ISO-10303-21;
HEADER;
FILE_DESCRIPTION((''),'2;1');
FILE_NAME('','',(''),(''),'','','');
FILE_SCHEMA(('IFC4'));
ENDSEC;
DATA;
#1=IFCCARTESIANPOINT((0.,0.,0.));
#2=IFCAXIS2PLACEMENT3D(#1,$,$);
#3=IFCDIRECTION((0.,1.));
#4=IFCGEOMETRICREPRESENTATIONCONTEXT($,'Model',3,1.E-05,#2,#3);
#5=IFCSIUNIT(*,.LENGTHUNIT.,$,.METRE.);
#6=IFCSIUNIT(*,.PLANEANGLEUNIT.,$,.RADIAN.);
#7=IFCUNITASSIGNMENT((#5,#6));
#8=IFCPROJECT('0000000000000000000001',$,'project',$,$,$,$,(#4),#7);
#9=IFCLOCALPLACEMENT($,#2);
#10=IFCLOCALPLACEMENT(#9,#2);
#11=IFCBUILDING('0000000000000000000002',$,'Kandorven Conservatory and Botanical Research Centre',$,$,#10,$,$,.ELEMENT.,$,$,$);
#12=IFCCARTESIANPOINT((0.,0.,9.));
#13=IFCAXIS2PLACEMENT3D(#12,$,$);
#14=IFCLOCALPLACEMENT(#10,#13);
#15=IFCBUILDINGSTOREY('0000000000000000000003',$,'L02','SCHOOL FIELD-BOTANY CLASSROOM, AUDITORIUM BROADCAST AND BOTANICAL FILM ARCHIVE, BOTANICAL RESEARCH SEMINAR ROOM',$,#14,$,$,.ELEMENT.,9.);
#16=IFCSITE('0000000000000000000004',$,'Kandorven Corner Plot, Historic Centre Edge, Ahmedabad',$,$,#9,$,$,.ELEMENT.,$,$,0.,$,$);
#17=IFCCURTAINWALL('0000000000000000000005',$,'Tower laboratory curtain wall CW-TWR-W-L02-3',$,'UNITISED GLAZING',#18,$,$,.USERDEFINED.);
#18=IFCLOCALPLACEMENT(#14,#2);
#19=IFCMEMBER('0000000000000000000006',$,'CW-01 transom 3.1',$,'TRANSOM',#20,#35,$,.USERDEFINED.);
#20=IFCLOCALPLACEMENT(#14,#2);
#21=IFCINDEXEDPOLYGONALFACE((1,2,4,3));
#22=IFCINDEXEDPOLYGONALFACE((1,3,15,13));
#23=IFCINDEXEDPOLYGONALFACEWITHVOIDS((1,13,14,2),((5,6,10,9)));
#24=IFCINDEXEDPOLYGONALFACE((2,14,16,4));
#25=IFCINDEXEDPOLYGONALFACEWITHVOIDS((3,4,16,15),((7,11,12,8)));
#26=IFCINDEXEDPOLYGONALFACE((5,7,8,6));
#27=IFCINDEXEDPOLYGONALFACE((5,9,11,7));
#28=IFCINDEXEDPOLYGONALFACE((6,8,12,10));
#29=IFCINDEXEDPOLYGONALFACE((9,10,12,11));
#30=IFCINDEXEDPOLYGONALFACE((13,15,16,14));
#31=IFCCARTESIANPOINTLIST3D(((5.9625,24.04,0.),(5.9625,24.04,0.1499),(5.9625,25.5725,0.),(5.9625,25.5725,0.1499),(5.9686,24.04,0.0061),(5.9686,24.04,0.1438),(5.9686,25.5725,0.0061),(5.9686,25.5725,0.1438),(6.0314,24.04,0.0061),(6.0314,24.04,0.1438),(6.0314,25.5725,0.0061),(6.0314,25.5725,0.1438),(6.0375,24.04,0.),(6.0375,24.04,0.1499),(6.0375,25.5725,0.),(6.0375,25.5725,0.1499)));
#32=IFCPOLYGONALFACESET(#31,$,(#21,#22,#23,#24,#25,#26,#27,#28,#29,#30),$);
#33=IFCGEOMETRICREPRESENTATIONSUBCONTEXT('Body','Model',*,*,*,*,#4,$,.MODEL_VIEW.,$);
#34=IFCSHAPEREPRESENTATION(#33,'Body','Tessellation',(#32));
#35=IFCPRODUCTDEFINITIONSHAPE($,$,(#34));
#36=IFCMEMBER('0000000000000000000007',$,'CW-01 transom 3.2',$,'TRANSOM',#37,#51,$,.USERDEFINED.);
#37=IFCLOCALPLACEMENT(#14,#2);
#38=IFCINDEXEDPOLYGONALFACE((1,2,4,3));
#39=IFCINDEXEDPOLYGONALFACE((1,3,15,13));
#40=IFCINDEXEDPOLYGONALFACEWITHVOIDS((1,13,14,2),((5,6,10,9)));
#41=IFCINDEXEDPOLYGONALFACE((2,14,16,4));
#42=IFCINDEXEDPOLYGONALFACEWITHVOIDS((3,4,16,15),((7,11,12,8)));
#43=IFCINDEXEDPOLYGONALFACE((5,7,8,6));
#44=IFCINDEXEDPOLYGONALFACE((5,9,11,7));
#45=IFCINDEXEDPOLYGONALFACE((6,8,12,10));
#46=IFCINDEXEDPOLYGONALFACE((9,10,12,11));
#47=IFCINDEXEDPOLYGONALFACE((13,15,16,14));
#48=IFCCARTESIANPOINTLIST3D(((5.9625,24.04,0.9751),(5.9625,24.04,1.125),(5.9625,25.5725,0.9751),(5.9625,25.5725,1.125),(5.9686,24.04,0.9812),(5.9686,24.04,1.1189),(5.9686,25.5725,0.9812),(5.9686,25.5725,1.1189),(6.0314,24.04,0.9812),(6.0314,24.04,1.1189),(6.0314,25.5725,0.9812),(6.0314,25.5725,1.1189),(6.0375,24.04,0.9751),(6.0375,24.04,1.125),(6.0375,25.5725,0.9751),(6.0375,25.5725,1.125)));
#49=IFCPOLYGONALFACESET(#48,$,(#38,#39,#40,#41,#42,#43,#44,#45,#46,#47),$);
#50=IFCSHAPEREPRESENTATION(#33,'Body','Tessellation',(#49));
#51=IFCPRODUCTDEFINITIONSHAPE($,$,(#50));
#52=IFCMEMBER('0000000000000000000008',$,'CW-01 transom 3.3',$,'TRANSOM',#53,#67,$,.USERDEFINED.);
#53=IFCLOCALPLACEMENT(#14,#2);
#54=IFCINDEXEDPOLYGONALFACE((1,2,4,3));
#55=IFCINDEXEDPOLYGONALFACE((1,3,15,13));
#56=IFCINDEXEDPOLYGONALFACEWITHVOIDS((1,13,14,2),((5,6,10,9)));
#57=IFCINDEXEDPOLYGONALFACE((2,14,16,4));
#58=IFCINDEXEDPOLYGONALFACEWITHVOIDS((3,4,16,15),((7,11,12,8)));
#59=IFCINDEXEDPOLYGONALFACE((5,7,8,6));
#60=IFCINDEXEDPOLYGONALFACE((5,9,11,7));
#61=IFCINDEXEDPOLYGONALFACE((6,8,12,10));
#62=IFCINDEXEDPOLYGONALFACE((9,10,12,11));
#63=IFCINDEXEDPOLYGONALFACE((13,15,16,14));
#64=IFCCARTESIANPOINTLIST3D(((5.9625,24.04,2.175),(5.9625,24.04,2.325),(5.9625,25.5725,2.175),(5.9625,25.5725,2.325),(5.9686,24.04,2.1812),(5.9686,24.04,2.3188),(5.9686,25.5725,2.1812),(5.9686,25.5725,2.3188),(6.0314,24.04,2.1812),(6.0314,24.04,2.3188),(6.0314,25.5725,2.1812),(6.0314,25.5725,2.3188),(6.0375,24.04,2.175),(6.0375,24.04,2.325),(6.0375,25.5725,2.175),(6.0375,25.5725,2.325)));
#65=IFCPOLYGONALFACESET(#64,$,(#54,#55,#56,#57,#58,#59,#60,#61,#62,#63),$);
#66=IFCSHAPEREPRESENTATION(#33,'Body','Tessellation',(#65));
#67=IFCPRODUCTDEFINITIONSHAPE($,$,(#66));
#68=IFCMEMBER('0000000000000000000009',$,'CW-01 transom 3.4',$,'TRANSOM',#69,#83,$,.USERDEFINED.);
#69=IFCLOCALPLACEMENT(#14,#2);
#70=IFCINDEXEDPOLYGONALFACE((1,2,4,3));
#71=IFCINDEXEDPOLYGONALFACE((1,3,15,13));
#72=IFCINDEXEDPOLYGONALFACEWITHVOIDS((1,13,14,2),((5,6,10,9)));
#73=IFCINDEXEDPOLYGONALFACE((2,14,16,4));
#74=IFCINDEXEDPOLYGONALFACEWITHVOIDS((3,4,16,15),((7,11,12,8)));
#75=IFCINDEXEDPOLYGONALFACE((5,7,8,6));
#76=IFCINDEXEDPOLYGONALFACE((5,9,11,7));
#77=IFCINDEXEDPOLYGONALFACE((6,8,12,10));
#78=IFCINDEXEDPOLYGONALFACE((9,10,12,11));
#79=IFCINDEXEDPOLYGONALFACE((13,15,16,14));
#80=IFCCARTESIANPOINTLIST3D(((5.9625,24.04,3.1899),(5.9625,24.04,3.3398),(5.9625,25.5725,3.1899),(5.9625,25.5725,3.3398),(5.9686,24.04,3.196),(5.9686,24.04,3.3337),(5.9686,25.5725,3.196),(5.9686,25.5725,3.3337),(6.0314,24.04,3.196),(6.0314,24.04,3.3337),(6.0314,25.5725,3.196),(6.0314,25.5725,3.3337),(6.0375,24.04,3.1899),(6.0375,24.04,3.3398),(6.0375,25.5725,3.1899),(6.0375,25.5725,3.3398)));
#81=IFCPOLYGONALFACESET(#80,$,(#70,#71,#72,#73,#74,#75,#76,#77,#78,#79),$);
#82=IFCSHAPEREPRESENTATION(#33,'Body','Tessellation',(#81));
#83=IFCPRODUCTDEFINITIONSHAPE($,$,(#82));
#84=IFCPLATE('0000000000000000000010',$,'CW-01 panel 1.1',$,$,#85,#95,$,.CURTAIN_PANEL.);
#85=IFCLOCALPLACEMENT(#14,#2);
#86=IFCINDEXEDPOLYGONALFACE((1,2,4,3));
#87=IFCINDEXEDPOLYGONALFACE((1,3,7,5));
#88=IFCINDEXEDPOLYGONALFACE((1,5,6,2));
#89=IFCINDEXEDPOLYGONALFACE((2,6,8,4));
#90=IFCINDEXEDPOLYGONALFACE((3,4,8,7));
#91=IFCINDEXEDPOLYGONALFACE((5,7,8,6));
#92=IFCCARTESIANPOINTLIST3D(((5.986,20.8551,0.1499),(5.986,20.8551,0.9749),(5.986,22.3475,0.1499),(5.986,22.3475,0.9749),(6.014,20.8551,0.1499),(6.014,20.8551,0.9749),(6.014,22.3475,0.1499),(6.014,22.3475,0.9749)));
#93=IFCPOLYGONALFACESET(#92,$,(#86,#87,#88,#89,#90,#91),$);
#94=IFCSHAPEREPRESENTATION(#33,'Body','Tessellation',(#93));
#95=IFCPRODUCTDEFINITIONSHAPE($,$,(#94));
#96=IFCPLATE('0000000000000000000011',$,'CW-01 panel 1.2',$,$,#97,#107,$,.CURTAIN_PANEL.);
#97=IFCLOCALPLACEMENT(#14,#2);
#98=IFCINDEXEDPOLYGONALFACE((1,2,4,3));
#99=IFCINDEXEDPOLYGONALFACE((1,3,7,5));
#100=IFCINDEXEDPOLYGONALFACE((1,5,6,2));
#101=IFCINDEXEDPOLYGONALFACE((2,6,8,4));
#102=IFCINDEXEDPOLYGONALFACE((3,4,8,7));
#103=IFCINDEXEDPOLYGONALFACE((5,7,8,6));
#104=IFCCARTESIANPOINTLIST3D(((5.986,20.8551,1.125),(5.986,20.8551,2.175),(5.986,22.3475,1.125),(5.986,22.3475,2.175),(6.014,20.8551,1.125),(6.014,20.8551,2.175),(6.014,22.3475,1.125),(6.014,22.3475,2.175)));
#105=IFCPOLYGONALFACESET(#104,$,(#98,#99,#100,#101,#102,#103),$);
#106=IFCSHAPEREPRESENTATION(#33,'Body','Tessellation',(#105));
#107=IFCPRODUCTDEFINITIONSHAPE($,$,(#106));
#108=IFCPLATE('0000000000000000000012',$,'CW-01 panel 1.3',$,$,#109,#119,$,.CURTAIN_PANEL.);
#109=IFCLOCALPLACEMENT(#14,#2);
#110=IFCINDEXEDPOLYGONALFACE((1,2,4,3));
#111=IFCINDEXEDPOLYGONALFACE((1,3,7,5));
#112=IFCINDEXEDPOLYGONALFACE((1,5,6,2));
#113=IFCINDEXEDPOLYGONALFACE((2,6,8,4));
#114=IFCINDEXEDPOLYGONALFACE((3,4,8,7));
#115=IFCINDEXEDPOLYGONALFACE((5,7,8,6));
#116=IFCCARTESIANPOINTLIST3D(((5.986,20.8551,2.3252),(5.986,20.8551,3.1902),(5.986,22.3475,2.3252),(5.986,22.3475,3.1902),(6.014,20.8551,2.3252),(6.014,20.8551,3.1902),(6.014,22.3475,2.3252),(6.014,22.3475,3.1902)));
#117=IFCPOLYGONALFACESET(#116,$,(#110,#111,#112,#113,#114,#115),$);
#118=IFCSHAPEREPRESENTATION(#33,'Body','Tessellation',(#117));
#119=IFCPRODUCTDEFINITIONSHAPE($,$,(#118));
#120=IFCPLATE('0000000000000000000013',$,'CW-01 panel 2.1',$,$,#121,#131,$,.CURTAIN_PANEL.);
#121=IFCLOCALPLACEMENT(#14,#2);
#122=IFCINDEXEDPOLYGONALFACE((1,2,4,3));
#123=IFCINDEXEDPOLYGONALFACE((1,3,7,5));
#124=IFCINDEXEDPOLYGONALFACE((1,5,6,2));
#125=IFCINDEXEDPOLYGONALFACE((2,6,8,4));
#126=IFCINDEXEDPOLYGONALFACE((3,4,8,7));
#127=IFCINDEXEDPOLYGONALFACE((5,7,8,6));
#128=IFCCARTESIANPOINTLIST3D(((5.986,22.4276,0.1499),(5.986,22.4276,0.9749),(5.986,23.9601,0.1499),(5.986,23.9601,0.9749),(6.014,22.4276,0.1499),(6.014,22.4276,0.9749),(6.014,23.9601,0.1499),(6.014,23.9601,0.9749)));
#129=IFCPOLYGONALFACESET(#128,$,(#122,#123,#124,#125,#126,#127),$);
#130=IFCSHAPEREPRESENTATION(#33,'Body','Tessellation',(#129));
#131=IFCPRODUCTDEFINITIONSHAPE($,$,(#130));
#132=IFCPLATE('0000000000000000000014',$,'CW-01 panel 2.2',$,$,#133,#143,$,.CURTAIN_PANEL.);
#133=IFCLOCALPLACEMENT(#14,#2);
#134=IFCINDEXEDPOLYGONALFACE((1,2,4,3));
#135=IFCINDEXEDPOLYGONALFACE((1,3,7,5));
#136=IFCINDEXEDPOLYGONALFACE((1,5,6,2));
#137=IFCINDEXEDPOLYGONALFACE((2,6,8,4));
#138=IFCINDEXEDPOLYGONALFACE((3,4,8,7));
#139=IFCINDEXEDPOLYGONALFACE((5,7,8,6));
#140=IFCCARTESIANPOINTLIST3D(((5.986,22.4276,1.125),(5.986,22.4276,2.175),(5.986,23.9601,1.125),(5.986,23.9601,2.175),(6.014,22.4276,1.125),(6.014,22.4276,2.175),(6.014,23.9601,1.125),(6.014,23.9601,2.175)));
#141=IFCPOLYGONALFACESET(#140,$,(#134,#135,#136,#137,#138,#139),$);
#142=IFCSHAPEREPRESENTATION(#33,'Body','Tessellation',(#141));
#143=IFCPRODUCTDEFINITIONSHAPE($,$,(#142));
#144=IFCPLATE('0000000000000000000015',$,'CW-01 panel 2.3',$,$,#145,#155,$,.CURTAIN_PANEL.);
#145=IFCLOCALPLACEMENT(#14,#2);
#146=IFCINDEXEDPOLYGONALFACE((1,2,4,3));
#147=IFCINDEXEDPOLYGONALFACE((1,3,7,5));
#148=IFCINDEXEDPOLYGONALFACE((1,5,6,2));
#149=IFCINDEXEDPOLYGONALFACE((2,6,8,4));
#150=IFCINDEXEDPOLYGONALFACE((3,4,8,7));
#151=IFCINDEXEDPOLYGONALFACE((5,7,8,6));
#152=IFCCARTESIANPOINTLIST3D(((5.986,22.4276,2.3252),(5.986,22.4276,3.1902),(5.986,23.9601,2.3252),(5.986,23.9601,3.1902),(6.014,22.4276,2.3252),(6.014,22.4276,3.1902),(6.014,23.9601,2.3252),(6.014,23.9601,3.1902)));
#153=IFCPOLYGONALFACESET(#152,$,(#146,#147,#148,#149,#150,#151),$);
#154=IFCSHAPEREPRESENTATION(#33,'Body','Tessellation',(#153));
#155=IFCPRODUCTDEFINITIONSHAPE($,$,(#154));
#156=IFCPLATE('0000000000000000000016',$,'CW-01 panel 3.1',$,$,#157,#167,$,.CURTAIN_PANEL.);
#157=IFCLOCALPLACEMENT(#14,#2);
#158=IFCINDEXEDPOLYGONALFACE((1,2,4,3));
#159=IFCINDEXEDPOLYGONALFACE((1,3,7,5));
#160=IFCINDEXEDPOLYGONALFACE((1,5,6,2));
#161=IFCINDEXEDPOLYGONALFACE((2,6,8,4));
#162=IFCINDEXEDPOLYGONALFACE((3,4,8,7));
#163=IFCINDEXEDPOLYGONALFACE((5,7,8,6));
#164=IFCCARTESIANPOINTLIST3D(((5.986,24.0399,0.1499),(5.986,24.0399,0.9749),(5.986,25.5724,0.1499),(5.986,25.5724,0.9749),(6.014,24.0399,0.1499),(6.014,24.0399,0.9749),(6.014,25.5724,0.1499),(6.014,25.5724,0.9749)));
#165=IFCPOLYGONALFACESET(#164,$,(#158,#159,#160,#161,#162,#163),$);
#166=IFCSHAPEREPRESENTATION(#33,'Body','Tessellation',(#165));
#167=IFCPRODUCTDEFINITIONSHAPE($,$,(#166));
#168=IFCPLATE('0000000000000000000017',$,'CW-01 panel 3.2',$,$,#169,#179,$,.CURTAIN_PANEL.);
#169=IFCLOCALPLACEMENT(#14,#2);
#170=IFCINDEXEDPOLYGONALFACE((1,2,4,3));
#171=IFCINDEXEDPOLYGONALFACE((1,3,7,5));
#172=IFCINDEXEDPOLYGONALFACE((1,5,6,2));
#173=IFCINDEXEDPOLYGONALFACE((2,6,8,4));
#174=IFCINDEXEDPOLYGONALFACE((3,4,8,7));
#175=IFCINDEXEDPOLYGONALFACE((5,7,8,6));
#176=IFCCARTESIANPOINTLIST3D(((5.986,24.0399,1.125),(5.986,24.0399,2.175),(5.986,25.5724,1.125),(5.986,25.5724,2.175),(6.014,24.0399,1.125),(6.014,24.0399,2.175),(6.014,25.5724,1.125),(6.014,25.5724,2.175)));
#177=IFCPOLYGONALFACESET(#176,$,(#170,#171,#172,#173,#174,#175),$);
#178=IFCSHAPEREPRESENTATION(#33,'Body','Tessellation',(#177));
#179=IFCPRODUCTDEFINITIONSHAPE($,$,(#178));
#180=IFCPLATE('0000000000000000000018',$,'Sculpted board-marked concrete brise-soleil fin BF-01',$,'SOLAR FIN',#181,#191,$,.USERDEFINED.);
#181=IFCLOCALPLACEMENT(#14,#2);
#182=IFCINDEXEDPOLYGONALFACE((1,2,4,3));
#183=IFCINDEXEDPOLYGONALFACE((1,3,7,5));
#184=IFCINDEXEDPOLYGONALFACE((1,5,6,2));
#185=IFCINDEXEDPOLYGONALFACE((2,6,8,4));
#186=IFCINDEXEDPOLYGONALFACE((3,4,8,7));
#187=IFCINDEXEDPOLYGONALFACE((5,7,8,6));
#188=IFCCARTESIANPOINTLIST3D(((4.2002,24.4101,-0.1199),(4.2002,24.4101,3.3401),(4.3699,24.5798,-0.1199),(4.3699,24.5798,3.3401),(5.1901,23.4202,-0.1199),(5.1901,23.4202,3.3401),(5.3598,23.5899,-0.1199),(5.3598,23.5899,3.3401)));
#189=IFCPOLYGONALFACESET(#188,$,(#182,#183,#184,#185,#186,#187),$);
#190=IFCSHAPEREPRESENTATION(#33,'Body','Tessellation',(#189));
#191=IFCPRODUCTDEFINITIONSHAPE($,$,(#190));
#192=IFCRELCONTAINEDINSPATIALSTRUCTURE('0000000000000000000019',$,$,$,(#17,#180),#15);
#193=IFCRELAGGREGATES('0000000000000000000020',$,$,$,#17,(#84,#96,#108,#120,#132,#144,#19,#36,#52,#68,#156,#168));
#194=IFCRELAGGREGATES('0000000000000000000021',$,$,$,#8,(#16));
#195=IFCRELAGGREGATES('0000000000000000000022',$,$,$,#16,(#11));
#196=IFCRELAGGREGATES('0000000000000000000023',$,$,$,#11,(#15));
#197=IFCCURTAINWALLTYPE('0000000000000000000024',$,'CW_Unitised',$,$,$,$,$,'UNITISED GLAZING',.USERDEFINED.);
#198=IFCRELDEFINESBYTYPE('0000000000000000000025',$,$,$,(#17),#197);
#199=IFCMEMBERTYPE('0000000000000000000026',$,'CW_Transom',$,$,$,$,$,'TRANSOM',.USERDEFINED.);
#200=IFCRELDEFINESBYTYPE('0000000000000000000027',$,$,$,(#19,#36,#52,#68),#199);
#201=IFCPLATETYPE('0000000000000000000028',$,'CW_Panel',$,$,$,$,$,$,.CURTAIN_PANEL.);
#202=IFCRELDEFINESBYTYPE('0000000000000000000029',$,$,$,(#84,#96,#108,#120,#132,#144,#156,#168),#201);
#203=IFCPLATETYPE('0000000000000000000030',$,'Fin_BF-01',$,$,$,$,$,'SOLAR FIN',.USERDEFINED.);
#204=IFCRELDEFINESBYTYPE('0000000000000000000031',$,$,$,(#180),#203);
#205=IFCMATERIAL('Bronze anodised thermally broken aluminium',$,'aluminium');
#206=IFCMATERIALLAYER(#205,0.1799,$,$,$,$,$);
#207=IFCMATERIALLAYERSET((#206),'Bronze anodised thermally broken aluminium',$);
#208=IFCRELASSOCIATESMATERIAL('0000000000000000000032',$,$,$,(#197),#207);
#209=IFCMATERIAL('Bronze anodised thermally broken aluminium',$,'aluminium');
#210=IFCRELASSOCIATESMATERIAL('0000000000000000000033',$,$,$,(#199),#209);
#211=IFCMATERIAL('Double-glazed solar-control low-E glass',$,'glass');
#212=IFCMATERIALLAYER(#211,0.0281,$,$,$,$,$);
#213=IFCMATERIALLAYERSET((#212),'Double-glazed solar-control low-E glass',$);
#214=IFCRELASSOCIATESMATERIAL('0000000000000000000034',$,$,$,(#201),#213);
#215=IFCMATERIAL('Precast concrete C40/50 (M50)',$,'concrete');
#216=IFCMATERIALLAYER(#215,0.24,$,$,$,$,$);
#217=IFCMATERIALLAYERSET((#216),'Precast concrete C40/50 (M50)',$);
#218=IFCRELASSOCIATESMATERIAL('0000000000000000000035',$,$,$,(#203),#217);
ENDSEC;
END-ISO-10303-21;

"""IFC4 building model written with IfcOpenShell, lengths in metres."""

from ifc_helpers import new_model, si_unit, direction, frame, origin, origin_2d, place, context, subcontext, project, spatial, rectangle, hollow_rectangle, extrude, material, layer, layer_set, material_profile, profile_set, type_object, element, aggregate, save


model = new_model("IFC4")

# Units and contexts
model_context = context("Model", 3, precision=1e-05, world=origin(), true_north=direction((0.0, 1.0)))
body_context = subcontext(model_context, "Body", "Model", "MODEL_VIEW")
ifc_project = project(units=[si_unit("LENGTHUNIT", "METRE"), si_unit("PLANEANGLEUNIT", "RADIAN")], contexts=[model_context])

# Site, building, storey
site_placement = place(None, origin())
site = spatial("IfcSite", under=ifc_project, at=site_placement, Name="Kandorven Corner Plot, Historic Centre Edge, Ahmedabad", CompositionType="ELEMENT", RefElevation=0.0)
building_placement = place(site_placement, origin())
building = spatial("IfcBuilding", under=site, at=building_placement, Name="Kandorven Conservatory and Botanical Research Centre", CompositionType="ELEMENT")
storey_placement = place(building_placement, frame((0.0, 0.0, 9.0)))
storey = spatial("IfcBuildingStorey", under=building, at=storey_placement, Name="L02", Description="SCHOOL FIELD-BOTANY CLASSROOM, AUDITORIUM BROADCAST AND BOTANICAL FILM ARCHIVE, BOTANICAL RESEARCH SEMINAR ROOM", CompositionType="ELEMENT", Elevation=9.0)

# Curtain wall, members, plates
ifc_material_1 = material(Name="Bronze anodised thermally broken aluminium", Category="aluminium")
ifc_layer_1 = layer(ifc_material_1, 0.1799)
ifc_layer_set_1 = layer_set([ifc_layer_1], Name="Bronze anodised thermally broken aluminium")
curtain_wall_type = type_object("IfcCurtainWallType", Name="CW_Unitised", ElementType="UNITISED GLAZING", PredefinedType="USERDEFINED", material=ifc_layer_set_1)
curtain_wall_placement = place(storey_placement, origin())
curtain_wall = element("IfcCurtainWall", 1, at=curtain_wall_placement, inside=storey, type_object=curtain_wall_type, Name="Tower laboratory curtain wall CW-TWR-W-L02-3", ObjectType="UNITISED GLAZING", PredefinedType="USERDEFINED")
ifc_material_2 = material(Name="Bronze anodised thermally broken aluminium", Category="aluminium")
ifc_material_profile_1 = material_profile(ifc_material_2, hollow_rectangle(XDim=0.075, YDim=0.1499, WallThickness=0.0061, at=origin_2d()))
ifc_profile_set_1 = profile_set([ifc_material_profile_1], Name="Bronze anodised thermally broken aluminium")
member_type_1 = type_object("IfcMemberType", Name="CW_Transom", ElementType="TRANSOM", PredefinedType="USERDEFINED", material=ifc_profile_set_1)
member_1_placement = place(storey_placement, frame((6.0, 24.04, 0.075), z_axis=(0.0, 1.0, 0.0), x_axis=(-1.0, 0.0, 0.0)))
member_1 = element("IfcMember", 2, at=member_1_placement, type_object=member_type_1, Name="CW-01 transom 3.1", ObjectType="TRANSOM", PredefinedType="USERDEFINED", context=body_context, shape_type="SweptSolid", body=[
    extrude(hollow_rectangle(XDim=0.075, YDim=0.1499, WallThickness=0.0061, at=origin_2d()), origin(), (0.0, 0.0, 1.0), 1.5325),
])
member_2_placement = place(storey_placement, frame((6.0, 24.04, 1.05), z_axis=(0.0, 1.0, 0.0), x_axis=(-1.0, 0.0, 0.0)))
member_2 = element("IfcMember", 3, at=member_2_placement, type_object=member_type_1, Name="CW-01 transom 3.2", ObjectType="TRANSOM", PredefinedType="USERDEFINED", context=body_context, shape_type="SweptSolid", body=[
    extrude(hollow_rectangle(XDim=0.075, YDim=0.1499, WallThickness=0.0061, at=origin_2d()), origin(), (0.0, 0.0, 1.0), 1.5325),
])
member_3_placement = place(storey_placement, frame((6.0, 24.04, 2.25), z_axis=(0.0, 1.0, 0.0), x_axis=(-1.0, 0.0, 0.0)))
member_3 = element("IfcMember", 4, at=member_3_placement, type_object=member_type_1, Name="CW-01 transom 3.3", ObjectType="TRANSOM", PredefinedType="USERDEFINED", context=body_context, shape_type="SweptSolid", body=[
    extrude(hollow_rectangle(XDim=0.075, YDim=0.1499, WallThickness=0.0061, at=origin_2d()), origin(), (0.0, 0.0, 1.0), 1.5325),
])
member_4_placement = place(storey_placement, frame((6.0, 24.04, 3.2649), z_axis=(0.0, 1.0, 0.0), x_axis=(-1.0, 0.0, 0.0)))
member_4 = element("IfcMember", 5, at=member_4_placement, type_object=member_type_1, Name="CW-01 transom 3.4", ObjectType="TRANSOM", PredefinedType="USERDEFINED", context=body_context, shape_type="SweptSolid", body=[
    extrude(hollow_rectangle(XDim=0.075, YDim=0.1499, WallThickness=0.0061, at=origin_2d()), origin(), (0.0, 0.0, 1.0), 1.5325),
])
ifc_material_3 = material(Name="Double-glazed solar-control low-E glass", Category="glass")
ifc_layer_2 = layer(ifc_material_3, 0.0281)
ifc_layer_set_2 = layer_set([ifc_layer_2], Name="Double-glazed solar-control low-E glass")
plate_type_1 = type_object("IfcPlateType", Name="CW_Panel", PredefinedType="CURTAIN_PANEL", material=ifc_layer_set_2)
plate_1_placement = place(storey_placement, frame((6.0, 21.6013, 0.1499), z_axis=(0.0, 0.0, 1.0), x_axis=(0.0, 1.0, 0.0)))
plate_1 = element("IfcPlate", 6, at=plate_1_placement, type_object=plate_type_1, Name="CW-01 panel 1.1", PredefinedType="CURTAIN_PANEL", context=body_context, shape_type="SweptSolid", body=[
    extrude(rectangle(XDim=1.4924, YDim=0.0281, at=origin_2d()), origin(), (0.0, 0.0, 1.0), 0.825),
])
plate_2_placement = place(storey_placement, frame((6.0, 21.6013, 1.125), z_axis=(0.0, 0.0, 1.0), x_axis=(0.0, 1.0, 0.0)))
plate_2 = element("IfcPlate", 7, at=plate_2_placement, type_object=plate_type_1, Name="CW-01 panel 1.2", PredefinedType="CURTAIN_PANEL", context=body_context, shape_type="SweptSolid", body=[
    extrude(rectangle(XDim=1.4924, YDim=0.0281, at=origin_2d()), origin(), (0.0, 0.0, 1.0), 1.05),
])
plate_3_placement = place(storey_placement, frame((6.0, 21.6013, 2.3252), z_axis=(0.0, 0.0, 1.0), x_axis=(0.0, 1.0, 0.0)))
plate_3 = element("IfcPlate", 8, at=plate_3_placement, type_object=plate_type_1, Name="CW-01 panel 1.3", PredefinedType="CURTAIN_PANEL", context=body_context, shape_type="SweptSolid", body=[
    extrude(rectangle(XDim=1.4924, YDim=0.0281, at=origin_2d()), origin(), (0.0, 0.0, 1.0), 0.865),
])
plate_4_placement = place(storey_placement, frame((6.0, 23.1938, 0.1499), z_axis=(0.0, 0.0, 1.0), x_axis=(0.0, 1.0, 0.0)))
plate_4 = element("IfcPlate", 9, at=plate_4_placement, type_object=plate_type_1, Name="CW-01 panel 2.1", PredefinedType="CURTAIN_PANEL", context=body_context, shape_type="SweptSolid", body=[
    extrude(rectangle(XDim=1.5325, YDim=0.0281, at=origin_2d()), origin(), (0.0, 0.0, 1.0), 0.825),
])
plate_5_placement = place(storey_placement, frame((6.0, 23.1938, 1.125), z_axis=(0.0, 0.0, 1.0), x_axis=(0.0, 1.0, 0.0)))
plate_5 = element("IfcPlate", 10, at=plate_5_placement, type_object=plate_type_1, Name="CW-01 panel 2.2", PredefinedType="CURTAIN_PANEL", context=body_context, shape_type="SweptSolid", body=[
    extrude(rectangle(XDim=1.5325, YDim=0.0281, at=origin_2d()), origin(), (0.0, 0.0, 1.0), 1.05),
])
plate_6_placement = place(storey_placement, frame((6.0, 23.1938, 2.3252), z_axis=(0.0, 0.0, 1.0), x_axis=(0.0, 1.0, 0.0)))
plate_6 = element("IfcPlate", 11, at=plate_6_placement, type_object=plate_type_1, Name="CW-01 panel 2.3", PredefinedType="CURTAIN_PANEL", context=body_context, shape_type="SweptSolid", body=[
    extrude(rectangle(XDim=1.5325, YDim=0.0281, at=origin_2d()), origin(), (0.0, 0.0, 1.0), 0.865),
])
plate_7_placement = place(storey_placement, frame((6.0, 24.8062, 0.1499), z_axis=(0.0, 0.0, 1.0), x_axis=(0.0, 1.0, 0.0)))
plate_7 = element("IfcPlate", 12, at=plate_7_placement, type_object=plate_type_1, Name="CW-01 panel 3.1", PredefinedType="CURTAIN_PANEL", context=body_context, shape_type="SweptSolid", body=[
    extrude(rectangle(XDim=1.5325, YDim=0.0281, at=origin_2d()), origin(), (0.0, 0.0, 1.0), 0.825),
])
plate_8_placement = place(storey_placement, frame((6.0, 24.8062, 1.125), z_axis=(0.0, 0.0, 1.0), x_axis=(0.0, 1.0, 0.0)))
plate_8 = element("IfcPlate", 13, at=plate_8_placement, type_object=plate_type_1, Name="CW-01 panel 3.2", PredefinedType="CURTAIN_PANEL", context=body_context, shape_type="SweptSolid", body=[
    extrude(rectangle(XDim=1.5325, YDim=0.0281, at=origin_2d()), origin(), (0.0, 0.0, 1.0), 1.05),
])
aggregate(curtain_wall, [plate_1, plate_2, plate_3, plate_4, plate_5, plate_6, member_1, member_2, member_3, member_4, plate_7, plate_8])

# Plate
ifc_material_4 = material(Name="Precast concrete C40/50 (M50)", Category="concrete")
ifc_layer_3 = layer(ifc_material_4, 0.24)
ifc_layer_set_3 = layer_set([ifc_layer_3], Name="Precast concrete C40/50 (M50)")
plate_type_2 = type_object("IfcPlateType", Name="Fin_BF-01", ElementType="SOLAR FIN", PredefinedType="USERDEFINED", material=ifc_layer_set_3)
plate_9_placement = place(storey_placement, frame((4.78, 24.0, -0.1199), z_axis=(0.0, 0.0, 1.0), x_axis=(-0.707107, 0.707107, 0.0)))
element("IfcPlate", 14, at=plate_9_placement, inside=storey, type_object=plate_type_2, Name="Sculpted board-marked concrete brise-soleil fin BF-01", ObjectType="SOLAR FIN", PredefinedType="USERDEFINED", context=body_context, shape_type="SweptSolid", body=[
    extrude(rectangle(XDim=1.3999, YDim=0.24, at=origin_2d()), origin(), (0.0, 0.0, 1.0), 3.46),
])

save(model, "model.ifc")
